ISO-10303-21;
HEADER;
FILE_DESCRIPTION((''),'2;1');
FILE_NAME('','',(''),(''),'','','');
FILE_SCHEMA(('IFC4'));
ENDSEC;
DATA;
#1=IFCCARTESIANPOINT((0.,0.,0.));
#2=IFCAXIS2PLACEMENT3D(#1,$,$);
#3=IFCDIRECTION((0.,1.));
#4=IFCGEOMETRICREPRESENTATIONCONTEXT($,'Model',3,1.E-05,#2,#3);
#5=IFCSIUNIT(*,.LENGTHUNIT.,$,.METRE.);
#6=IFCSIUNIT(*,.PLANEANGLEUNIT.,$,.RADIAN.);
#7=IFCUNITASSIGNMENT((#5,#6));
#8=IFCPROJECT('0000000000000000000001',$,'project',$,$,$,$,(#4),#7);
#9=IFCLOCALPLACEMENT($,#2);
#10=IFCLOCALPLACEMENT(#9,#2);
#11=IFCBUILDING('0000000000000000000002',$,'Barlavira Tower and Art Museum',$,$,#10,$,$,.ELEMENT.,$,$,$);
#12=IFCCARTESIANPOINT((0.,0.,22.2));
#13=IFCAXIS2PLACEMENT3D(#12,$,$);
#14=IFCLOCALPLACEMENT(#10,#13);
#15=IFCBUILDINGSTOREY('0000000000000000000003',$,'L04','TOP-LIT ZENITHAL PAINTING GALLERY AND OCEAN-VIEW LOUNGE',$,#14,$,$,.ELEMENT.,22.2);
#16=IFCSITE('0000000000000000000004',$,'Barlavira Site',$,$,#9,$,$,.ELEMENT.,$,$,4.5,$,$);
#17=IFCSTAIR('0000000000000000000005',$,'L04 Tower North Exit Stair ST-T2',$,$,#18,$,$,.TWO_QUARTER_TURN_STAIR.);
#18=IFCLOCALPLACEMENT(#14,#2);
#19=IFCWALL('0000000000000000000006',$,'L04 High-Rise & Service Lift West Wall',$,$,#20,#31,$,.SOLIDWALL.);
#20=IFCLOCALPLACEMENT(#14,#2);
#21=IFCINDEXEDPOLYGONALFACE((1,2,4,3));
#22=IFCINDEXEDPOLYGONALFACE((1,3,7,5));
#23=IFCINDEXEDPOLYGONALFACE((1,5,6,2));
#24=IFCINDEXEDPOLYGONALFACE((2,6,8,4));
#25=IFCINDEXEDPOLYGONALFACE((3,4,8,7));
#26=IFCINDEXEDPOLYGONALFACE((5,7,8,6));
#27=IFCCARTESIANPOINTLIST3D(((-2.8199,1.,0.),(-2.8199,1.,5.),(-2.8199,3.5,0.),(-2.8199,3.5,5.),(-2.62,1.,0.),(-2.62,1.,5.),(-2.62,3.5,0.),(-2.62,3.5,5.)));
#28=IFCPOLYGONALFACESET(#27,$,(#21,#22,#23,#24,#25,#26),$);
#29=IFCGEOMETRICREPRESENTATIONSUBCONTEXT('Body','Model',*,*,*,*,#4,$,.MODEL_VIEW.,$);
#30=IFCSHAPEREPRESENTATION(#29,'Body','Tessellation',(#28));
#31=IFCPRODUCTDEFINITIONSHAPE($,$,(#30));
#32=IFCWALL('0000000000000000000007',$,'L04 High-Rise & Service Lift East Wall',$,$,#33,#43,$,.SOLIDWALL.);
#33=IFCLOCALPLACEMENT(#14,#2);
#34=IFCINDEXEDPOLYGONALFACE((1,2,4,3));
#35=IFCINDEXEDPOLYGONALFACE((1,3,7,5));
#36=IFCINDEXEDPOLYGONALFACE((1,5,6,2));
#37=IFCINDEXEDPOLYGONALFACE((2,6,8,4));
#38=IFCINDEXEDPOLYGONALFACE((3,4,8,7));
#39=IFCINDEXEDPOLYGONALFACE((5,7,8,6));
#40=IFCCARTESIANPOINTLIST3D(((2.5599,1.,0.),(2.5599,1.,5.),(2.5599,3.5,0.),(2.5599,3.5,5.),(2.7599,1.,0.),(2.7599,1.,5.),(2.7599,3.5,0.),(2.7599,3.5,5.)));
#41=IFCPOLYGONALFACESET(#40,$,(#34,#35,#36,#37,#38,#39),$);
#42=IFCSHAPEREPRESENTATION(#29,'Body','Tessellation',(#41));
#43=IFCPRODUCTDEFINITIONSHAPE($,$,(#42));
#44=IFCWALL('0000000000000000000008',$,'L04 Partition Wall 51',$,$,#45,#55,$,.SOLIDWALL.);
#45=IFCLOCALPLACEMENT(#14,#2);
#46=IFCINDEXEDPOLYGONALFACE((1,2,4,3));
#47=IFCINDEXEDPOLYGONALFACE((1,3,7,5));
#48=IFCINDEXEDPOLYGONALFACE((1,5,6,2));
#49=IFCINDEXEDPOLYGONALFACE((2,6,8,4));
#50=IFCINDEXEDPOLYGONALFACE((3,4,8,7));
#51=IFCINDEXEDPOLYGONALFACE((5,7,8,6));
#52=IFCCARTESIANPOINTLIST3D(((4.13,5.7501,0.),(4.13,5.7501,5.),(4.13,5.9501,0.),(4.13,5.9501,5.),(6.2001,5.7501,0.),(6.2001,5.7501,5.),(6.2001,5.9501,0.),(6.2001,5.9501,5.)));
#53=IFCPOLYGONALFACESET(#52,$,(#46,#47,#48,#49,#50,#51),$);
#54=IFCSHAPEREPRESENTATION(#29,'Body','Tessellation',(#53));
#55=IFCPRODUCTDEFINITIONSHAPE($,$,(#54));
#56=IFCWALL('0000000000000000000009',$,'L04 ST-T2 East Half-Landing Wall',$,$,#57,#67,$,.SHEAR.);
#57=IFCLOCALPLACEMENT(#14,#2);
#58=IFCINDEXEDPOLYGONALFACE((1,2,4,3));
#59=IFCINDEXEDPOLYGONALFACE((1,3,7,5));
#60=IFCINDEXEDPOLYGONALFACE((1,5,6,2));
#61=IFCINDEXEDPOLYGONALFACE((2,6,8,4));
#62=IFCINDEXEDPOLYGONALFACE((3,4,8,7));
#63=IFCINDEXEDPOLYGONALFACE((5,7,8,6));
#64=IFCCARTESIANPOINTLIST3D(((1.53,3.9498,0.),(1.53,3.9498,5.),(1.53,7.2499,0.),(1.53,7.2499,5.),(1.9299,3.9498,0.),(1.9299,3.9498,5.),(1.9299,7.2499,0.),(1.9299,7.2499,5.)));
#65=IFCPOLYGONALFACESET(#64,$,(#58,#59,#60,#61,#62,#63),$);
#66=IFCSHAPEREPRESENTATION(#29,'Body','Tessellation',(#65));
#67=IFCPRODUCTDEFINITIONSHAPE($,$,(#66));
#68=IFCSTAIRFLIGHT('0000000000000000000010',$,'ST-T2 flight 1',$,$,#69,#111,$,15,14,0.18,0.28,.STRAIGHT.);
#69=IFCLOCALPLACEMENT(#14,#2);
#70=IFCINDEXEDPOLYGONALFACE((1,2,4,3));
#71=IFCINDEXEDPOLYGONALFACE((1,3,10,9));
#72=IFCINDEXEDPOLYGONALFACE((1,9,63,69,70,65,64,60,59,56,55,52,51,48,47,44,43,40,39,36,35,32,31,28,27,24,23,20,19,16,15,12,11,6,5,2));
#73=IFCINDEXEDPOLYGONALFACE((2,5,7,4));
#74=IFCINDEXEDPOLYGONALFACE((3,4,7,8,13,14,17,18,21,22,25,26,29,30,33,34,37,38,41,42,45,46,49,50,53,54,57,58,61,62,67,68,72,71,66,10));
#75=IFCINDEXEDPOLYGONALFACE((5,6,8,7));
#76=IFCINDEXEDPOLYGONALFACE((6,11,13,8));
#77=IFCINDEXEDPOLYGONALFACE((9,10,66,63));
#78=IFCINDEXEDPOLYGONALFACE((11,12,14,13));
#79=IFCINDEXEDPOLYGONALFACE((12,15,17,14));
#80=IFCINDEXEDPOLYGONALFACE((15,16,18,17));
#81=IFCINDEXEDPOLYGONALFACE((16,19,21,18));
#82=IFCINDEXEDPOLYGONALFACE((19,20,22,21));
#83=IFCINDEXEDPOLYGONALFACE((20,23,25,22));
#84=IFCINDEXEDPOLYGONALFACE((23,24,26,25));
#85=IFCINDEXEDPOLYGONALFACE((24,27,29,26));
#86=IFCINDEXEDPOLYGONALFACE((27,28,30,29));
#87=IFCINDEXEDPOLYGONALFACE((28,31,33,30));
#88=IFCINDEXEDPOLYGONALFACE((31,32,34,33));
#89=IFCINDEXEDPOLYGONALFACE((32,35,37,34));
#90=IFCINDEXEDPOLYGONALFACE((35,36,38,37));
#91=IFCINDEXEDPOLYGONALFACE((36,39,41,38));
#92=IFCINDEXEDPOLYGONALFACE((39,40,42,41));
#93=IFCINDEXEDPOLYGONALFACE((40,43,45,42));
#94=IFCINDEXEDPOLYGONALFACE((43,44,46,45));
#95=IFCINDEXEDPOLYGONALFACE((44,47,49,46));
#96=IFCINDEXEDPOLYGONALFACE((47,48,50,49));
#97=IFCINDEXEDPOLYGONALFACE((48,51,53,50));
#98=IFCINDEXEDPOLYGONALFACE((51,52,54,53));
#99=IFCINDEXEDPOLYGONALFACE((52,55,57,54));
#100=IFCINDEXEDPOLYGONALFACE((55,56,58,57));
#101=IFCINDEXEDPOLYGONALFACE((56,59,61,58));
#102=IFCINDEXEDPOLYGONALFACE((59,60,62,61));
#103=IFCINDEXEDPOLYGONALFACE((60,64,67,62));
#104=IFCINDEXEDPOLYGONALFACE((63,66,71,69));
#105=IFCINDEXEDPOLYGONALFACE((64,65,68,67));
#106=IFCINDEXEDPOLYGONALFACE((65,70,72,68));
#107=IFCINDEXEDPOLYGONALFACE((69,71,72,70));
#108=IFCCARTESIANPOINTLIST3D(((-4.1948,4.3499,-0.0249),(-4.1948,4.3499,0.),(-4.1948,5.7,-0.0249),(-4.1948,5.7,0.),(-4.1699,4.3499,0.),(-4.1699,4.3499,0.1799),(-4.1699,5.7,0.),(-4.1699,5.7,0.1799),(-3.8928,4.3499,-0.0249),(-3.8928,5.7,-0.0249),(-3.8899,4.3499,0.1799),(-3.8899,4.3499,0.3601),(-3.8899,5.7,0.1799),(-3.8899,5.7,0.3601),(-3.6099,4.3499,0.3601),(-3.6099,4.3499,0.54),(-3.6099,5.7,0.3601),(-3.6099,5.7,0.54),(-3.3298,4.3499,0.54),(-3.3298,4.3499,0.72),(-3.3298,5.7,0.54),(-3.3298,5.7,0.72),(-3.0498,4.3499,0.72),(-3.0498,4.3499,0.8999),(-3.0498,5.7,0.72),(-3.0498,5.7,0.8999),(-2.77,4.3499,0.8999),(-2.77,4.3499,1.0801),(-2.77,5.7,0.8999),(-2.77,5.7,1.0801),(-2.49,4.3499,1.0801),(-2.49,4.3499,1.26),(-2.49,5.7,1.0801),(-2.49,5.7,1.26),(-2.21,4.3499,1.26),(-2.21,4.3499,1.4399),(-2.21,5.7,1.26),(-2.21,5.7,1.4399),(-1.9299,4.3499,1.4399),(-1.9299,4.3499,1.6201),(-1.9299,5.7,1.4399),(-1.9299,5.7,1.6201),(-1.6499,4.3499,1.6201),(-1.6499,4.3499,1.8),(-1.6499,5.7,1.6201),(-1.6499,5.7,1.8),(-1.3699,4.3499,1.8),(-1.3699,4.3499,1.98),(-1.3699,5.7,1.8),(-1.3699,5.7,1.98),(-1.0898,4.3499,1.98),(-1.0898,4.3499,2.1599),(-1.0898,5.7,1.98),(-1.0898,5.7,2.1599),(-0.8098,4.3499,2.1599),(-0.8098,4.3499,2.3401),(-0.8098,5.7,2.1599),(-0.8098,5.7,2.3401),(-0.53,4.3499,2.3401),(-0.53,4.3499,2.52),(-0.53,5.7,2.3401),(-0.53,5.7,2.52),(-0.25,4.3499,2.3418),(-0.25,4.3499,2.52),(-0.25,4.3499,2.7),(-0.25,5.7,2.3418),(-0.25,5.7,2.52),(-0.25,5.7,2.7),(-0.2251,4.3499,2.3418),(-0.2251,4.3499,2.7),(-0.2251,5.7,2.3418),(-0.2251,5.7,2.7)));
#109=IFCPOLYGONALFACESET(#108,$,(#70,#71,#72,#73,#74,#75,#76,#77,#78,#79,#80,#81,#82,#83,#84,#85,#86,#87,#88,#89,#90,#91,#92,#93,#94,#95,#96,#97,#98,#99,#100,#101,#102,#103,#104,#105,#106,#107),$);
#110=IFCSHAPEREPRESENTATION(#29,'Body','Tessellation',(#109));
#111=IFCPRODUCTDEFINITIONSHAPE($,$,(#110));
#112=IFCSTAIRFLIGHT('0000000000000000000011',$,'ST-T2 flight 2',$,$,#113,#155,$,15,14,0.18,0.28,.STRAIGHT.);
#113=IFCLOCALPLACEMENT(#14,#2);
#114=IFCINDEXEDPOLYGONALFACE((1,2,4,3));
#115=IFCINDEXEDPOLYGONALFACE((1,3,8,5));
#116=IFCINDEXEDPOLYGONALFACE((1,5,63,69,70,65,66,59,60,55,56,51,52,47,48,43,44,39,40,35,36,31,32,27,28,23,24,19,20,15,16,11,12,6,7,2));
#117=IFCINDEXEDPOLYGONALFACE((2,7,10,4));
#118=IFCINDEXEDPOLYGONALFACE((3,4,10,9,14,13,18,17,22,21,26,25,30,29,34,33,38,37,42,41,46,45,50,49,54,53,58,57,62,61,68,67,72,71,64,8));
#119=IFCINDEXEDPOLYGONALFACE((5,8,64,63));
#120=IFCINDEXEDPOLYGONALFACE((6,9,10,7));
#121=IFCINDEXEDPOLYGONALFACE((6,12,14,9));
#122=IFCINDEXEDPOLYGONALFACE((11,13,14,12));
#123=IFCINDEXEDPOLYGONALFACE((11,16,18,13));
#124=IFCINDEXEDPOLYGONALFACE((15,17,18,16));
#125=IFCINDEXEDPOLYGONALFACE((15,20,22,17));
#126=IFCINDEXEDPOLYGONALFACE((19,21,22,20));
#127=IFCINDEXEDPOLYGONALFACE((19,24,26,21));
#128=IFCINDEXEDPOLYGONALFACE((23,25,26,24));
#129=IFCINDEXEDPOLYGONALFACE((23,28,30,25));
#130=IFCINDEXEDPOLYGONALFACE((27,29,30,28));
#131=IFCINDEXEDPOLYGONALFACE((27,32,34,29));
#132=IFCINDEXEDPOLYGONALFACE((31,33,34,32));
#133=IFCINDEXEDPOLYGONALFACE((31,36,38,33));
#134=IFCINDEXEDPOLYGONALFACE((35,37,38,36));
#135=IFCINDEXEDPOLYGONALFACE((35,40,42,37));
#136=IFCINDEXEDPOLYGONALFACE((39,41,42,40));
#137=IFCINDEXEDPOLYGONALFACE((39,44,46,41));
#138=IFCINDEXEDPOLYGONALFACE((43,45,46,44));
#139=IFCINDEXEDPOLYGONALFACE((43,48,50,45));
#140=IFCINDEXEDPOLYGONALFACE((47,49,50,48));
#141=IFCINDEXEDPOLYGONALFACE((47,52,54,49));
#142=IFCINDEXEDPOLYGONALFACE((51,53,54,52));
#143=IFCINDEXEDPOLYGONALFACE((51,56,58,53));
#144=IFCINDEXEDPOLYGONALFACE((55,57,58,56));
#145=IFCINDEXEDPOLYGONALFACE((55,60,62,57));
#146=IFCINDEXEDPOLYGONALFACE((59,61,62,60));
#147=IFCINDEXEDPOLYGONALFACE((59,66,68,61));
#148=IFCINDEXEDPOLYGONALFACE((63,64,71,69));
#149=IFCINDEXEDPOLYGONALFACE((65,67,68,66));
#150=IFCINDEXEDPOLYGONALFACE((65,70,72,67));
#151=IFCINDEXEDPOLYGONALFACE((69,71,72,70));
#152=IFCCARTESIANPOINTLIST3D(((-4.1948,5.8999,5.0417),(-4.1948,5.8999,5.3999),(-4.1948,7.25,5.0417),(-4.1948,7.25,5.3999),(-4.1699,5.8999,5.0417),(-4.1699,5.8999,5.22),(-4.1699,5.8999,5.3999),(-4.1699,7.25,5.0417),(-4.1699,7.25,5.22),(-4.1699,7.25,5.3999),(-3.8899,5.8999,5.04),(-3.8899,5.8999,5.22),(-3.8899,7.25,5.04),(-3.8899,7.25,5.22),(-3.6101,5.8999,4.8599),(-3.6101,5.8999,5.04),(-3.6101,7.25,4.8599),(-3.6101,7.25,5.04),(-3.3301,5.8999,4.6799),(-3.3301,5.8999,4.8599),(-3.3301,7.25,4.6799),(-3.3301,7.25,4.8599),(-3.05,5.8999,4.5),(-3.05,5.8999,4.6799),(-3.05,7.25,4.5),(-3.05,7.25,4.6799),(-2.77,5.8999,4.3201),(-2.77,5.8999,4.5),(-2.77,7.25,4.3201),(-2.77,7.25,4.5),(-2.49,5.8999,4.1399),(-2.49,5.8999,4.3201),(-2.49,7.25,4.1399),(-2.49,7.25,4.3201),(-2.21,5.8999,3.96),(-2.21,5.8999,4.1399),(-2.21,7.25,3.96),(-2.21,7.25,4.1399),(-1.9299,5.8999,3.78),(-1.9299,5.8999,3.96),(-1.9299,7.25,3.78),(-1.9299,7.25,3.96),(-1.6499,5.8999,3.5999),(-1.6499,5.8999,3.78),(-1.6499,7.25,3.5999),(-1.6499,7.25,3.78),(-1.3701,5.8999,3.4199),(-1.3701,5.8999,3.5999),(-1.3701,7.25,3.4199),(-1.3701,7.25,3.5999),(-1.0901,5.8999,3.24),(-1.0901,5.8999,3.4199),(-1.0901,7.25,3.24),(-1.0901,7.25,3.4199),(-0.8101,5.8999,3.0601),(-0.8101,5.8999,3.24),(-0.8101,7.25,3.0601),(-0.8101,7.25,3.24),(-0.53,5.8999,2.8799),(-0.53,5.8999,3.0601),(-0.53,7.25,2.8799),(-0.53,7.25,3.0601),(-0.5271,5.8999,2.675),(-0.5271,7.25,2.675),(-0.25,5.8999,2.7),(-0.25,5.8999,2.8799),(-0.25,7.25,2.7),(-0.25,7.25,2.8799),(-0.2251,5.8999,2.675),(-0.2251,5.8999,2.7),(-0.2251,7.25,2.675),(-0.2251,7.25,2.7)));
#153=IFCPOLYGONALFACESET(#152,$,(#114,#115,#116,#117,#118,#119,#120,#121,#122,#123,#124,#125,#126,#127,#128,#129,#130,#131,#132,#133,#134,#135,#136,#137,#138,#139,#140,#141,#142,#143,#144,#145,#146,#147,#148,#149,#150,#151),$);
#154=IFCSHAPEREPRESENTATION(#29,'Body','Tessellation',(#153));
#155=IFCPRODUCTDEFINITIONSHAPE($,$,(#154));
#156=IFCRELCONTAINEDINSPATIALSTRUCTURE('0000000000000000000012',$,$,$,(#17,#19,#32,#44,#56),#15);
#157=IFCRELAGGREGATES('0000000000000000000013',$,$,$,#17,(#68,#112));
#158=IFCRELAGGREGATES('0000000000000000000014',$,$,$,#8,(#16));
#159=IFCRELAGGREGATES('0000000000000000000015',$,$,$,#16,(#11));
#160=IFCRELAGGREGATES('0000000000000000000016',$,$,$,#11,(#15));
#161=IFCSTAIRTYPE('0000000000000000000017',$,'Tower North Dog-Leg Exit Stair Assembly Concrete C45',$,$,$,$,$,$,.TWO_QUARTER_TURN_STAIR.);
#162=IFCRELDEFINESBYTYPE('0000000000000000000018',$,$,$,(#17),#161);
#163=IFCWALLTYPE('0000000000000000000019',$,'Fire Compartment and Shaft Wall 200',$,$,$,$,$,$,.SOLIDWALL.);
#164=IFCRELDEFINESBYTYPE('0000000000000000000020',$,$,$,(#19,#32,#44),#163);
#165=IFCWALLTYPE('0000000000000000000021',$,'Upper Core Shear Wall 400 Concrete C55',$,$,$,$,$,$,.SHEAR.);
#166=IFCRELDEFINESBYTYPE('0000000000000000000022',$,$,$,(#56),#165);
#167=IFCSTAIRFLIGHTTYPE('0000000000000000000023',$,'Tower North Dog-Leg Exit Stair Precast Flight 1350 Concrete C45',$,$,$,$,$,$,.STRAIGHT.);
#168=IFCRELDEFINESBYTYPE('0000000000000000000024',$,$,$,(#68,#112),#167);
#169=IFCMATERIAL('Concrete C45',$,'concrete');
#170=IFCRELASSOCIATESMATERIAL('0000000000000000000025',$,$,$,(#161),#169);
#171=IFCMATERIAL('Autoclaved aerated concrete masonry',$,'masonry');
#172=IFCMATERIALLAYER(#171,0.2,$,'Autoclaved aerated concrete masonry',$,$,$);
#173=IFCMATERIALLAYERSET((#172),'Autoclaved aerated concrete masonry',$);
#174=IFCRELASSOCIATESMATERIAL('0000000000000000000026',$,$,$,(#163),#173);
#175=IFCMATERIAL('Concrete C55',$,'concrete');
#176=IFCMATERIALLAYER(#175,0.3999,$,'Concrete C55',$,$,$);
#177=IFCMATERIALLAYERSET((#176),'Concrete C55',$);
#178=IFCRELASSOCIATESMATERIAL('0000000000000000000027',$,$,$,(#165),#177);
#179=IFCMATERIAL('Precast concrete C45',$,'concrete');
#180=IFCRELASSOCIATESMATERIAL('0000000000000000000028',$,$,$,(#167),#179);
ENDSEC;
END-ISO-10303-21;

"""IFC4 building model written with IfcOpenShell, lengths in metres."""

from ifc_helpers import new_model, si_unit, direction, frame, frame_2d, origin, place, context, subcontext, project, spatial, polyline, rectangle, outline, extrude, material, layer, layer_set, type_object, element, aggregate, save


model = new_model("IFC4")

# Units and contexts
model_context = context("Model", 3, precision=1e-05, world=origin(), true_north=direction((0.0, 1.0)))
body_context = subcontext(model_context, "Body", "Model", "MODEL_VIEW")
ifc_project = project(units=[si_unit("LENGTHUNIT", "METRE"), si_unit("PLANEANGLEUNIT", "RADIAN")], contexts=[model_context])

# Site, building, storey
site_placement = place(None, origin())
site = spatial("IfcSite", under=ifc_project, at=site_placement, Name="Barlavira Site", CompositionType="ELEMENT", RefElevation=4.5)
building_placement = place(site_placement, origin())
building = spatial("IfcBuilding", under=site, at=building_placement, Name="Barlavira Tower and Art Museum", CompositionType="ELEMENT")
storey_placement = place(building_placement, frame((0.0, 0.0, 22.2)))
storey = spatial("IfcBuildingStorey", under=building, at=storey_placement, Name="L04", Description="TOP-LIT ZENITHAL PAINTING GALLERY AND OCEAN-VIEW LOUNGE", CompositionType="ELEMENT", Elevation=22.2)

# Stair
ifc_material_1 = material(Name="Concrete C45", Category="concrete")
stair_type_1 = type_object("IfcStairType", Name="Tower North Dog-Leg Exit Stair Assembly Concrete C45", PredefinedType="TWO_QUARTER_TURN_STAIR", material=ifc_material_1)
stair_1_placement = place(storey_placement, origin())
stair_1 = element("IfcStair", 1, at=stair_1_placement, inside=storey, type_object=stair_type_1, Name="L04 Tower North Exit Stair ST-T2", PredefinedType="TWO_QUARTER_TURN_STAIR")

# Shared definitions
ifc_material_2 = material(Name="Autoclaved aerated concrete masonry", Category="masonry")
ifc_layer_1 = layer(ifc_material_2, 0.2, Name="Autoclaved aerated concrete masonry")
ifc_layer_set_1 = layer_set([ifc_layer_1], Name="Autoclaved aerated concrete masonry")
wall_type_1 = type_object("IfcWallType", Name="Fire Compartment and Shaft Wall 200", PredefinedType="SOLIDWALL", material=ifc_layer_set_1)

# Walls
for number, where, z_axis, x_axis, name in (
    (2, (-2.72, 1.0, 0.0), (0.0, 0.0, 1.0), (0.0, 1.0, 0.0), "L04 High-Rise & Service Lift West Wall"),
    (3, (2.6599, 1.0, 0.0), (0.0, 0.0, 1.0), (0.0, 1.0, 0.0), "L04 High-Rise & Service Lift East Wall"),
):
    element("IfcWall", number, at=place(storey_placement, frame(where, z_axis=z_axis, x_axis=x_axis)), inside=storey, type_object=wall_type_1, Name=name, PredefinedType="SOLIDWALL", context=body_context, shape_type="SweptSolid", body=[
        extrude(rectangle(XDim=2.5, YDim=0.2, at=frame_2d((1.25, 0.0))), origin(), (0.0, 0.0, 1.0), 5.0),
    ])

# Walls
wall_1_placement = place(storey_placement, frame((4.1299, 5.8501, 0.0), z_axis=(0.0, 0.0, 1.0), x_axis=(1.0, 0.0, 0.0)))
element("IfcWall", 4, at=wall_1_placement, inside=storey, type_object=wall_type_1, Name="L04 Partition Wall 51", PredefinedType="SOLIDWALL", context=body_context, shape_type="SweptSolid", body=[
    extrude(rectangle(XDim=2.0701, YDim=0.2, at=frame_2d((1.0352, 0.0))), origin(), (0.0, 0.0, 1.0), 5.0),
])
ifc_material_3 = material(Name="Concrete C55", Category="concrete")
ifc_layer_2 = layer(ifc_material_3, 0.3999, Name="Concrete C55")
ifc_layer_set_2 = layer_set([ifc_layer_2], Name="Concrete C55")
wall_type_2 = type_object("IfcWallType", Name="Upper Core Shear Wall 400 Concrete C55", PredefinedType="SHEAR", material=ifc_layer_set_2)
wall_2_placement = place(storey_placement, frame((1.73, 3.95, 0.0), z_axis=(0.0, 0.0, 1.0), x_axis=(0.0, 1.0, 0.0)))
element("IfcWall", 5, at=wall_2_placement, inside=storey, type_object=wall_type_2, Name="L04 ST-T2 East Half-Landing Wall", PredefinedType="SHEAR", context=body_context, shape_type="SweptSolid", body=[
    extrude(rectangle(XDim=3.3, YDim=0.3999, at=frame_2d((1.6499, 0.0))), origin(), (0.0, 0.0, 1.0), 5.0),
])

# Stair flights
ifc_material_4 = material(Name="Precast concrete C45", Category="concrete")
stair_flight_type = type_object("IfcStairFlightType", Name="Tower North Dog-Leg Exit Stair Precast Flight 1350 Concrete C45", PredefinedType="STRAIGHT", material=ifc_material_4)
stair_flight_1_placement = place(storey_placement, frame((-4.1699, 5.0249, 0.0), z_axis=(0.0, 0.0, 1.0), x_axis=(1.0, 0.0, 0.0)))
stair_flight_1 = element("IfcStairFlight", 6, at=stair_flight_1_placement, type_object=stair_flight_type, Name="ST-T2 flight 1", NumberOfRisers=15, NumberOfTreads=14, PredefinedType="STRAIGHT", RiserHeight=0.18, TreadLength=0.28, context=body_context, shape_type="SweptSolid", body=[
    extrude(outline(polyline([(-0.0249, 0.0), (0.0, 0.0), (0.0, 0.1799), (0.28, 0.1799), (0.28, 0.3601), (0.5601, 0.3601), (0.5601, 0.54), (0.8401, 0.54), (0.8401, 0.72), (1.1201, 0.72), (1.1201, 0.8999), (1.3999, 0.8999), (1.3999, 1.0801), (1.6799, 1.0801), (1.6799, 1.26), (1.96, 1.26), (1.96, 1.4399), (2.24, 1.4399), (2.24, 1.6201), (2.52, 1.6201), (2.52, 1.8), (2.8, 1.8), (2.8, 1.98), (3.0801, 1.98), (3.0801, 2.1599), (3.3601, 2.1599), (3.3601, 2.3401), (3.6399, 2.3401), (3.6399, 2.52), (3.9199, 2.52), (3.9199, 2.7), (3.9448, 2.7), (3.9448, 2.3418), (3.9199, 2.3418), (0.2771, -0.0249), (-0.0249, -0.0249), (-0.0249, 0.0)])), frame((0.0, 0.675, 0.0), z_axis=(0.0, -1.0, 0.0), x_axis=(1.0, 0.0, 0.0)), (0.0, 0.0, 1.0), 1.3501),
])
stair_flight_2_placement = place(storey_placement, frame((-0.25, 6.575, 2.7), z_axis=(0.0, 0.0, 1.0), x_axis=(-1.0, 0.0, 0.0)))
stair_flight_2 = element("IfcStairFlight", 7, at=stair_flight_2_placement, type_object=stair_flight_type, Name="ST-T2 flight 2", NumberOfRisers=15, NumberOfTreads=14, PredefinedType="STRAIGHT", RiserHeight=0.18, TreadLength=0.28, context=body_context, shape_type="SweptSolid", body=[
    extrude(outline(polyline([(-0.0249, 0.0), (0.0, 0.0), (0.0, 0.1799), (0.28, 0.1799), (0.28, 0.3601), (0.5601, 0.3601), (0.5601, 0.54), (0.8401, 0.54), (0.8401, 0.72), (1.1201, 0.72), (1.1201, 0.8999), (1.3999, 0.8999), (1.3999, 1.0801), (1.6799, 1.0801), (1.6799, 1.26), (1.96, 1.26), (1.96, 1.4399), (2.24, 1.4399), (2.24, 1.6201), (2.52, 1.6201), (2.52, 1.8), (2.8, 1.8), (2.8, 1.98), (3.0801, 1.98), (3.0801, 2.1599), (3.3601, 2.1599), (3.3601, 2.3401), (3.6399, 2.3401), (3.6399, 2.52), (3.9199, 2.52), (3.9199, 2.7), (3.9448, 2.7), (3.9448, 2.3418), (3.9199, 2.3418), (0.2771, -0.0249), (-0.0249, -0.0249), (-0.0249, 0.0)])), frame((0.0, 0.675, 0.0), z_axis=(0.0, -1.0, 0.0), x_axis=(1.0, 0.0, 0.0)), (0.0, 0.0, 1.0), 1.3501),
])
aggregate(stair_1, [stair_flight_1, stair_flight_2])

save(model, "model.ifc")
